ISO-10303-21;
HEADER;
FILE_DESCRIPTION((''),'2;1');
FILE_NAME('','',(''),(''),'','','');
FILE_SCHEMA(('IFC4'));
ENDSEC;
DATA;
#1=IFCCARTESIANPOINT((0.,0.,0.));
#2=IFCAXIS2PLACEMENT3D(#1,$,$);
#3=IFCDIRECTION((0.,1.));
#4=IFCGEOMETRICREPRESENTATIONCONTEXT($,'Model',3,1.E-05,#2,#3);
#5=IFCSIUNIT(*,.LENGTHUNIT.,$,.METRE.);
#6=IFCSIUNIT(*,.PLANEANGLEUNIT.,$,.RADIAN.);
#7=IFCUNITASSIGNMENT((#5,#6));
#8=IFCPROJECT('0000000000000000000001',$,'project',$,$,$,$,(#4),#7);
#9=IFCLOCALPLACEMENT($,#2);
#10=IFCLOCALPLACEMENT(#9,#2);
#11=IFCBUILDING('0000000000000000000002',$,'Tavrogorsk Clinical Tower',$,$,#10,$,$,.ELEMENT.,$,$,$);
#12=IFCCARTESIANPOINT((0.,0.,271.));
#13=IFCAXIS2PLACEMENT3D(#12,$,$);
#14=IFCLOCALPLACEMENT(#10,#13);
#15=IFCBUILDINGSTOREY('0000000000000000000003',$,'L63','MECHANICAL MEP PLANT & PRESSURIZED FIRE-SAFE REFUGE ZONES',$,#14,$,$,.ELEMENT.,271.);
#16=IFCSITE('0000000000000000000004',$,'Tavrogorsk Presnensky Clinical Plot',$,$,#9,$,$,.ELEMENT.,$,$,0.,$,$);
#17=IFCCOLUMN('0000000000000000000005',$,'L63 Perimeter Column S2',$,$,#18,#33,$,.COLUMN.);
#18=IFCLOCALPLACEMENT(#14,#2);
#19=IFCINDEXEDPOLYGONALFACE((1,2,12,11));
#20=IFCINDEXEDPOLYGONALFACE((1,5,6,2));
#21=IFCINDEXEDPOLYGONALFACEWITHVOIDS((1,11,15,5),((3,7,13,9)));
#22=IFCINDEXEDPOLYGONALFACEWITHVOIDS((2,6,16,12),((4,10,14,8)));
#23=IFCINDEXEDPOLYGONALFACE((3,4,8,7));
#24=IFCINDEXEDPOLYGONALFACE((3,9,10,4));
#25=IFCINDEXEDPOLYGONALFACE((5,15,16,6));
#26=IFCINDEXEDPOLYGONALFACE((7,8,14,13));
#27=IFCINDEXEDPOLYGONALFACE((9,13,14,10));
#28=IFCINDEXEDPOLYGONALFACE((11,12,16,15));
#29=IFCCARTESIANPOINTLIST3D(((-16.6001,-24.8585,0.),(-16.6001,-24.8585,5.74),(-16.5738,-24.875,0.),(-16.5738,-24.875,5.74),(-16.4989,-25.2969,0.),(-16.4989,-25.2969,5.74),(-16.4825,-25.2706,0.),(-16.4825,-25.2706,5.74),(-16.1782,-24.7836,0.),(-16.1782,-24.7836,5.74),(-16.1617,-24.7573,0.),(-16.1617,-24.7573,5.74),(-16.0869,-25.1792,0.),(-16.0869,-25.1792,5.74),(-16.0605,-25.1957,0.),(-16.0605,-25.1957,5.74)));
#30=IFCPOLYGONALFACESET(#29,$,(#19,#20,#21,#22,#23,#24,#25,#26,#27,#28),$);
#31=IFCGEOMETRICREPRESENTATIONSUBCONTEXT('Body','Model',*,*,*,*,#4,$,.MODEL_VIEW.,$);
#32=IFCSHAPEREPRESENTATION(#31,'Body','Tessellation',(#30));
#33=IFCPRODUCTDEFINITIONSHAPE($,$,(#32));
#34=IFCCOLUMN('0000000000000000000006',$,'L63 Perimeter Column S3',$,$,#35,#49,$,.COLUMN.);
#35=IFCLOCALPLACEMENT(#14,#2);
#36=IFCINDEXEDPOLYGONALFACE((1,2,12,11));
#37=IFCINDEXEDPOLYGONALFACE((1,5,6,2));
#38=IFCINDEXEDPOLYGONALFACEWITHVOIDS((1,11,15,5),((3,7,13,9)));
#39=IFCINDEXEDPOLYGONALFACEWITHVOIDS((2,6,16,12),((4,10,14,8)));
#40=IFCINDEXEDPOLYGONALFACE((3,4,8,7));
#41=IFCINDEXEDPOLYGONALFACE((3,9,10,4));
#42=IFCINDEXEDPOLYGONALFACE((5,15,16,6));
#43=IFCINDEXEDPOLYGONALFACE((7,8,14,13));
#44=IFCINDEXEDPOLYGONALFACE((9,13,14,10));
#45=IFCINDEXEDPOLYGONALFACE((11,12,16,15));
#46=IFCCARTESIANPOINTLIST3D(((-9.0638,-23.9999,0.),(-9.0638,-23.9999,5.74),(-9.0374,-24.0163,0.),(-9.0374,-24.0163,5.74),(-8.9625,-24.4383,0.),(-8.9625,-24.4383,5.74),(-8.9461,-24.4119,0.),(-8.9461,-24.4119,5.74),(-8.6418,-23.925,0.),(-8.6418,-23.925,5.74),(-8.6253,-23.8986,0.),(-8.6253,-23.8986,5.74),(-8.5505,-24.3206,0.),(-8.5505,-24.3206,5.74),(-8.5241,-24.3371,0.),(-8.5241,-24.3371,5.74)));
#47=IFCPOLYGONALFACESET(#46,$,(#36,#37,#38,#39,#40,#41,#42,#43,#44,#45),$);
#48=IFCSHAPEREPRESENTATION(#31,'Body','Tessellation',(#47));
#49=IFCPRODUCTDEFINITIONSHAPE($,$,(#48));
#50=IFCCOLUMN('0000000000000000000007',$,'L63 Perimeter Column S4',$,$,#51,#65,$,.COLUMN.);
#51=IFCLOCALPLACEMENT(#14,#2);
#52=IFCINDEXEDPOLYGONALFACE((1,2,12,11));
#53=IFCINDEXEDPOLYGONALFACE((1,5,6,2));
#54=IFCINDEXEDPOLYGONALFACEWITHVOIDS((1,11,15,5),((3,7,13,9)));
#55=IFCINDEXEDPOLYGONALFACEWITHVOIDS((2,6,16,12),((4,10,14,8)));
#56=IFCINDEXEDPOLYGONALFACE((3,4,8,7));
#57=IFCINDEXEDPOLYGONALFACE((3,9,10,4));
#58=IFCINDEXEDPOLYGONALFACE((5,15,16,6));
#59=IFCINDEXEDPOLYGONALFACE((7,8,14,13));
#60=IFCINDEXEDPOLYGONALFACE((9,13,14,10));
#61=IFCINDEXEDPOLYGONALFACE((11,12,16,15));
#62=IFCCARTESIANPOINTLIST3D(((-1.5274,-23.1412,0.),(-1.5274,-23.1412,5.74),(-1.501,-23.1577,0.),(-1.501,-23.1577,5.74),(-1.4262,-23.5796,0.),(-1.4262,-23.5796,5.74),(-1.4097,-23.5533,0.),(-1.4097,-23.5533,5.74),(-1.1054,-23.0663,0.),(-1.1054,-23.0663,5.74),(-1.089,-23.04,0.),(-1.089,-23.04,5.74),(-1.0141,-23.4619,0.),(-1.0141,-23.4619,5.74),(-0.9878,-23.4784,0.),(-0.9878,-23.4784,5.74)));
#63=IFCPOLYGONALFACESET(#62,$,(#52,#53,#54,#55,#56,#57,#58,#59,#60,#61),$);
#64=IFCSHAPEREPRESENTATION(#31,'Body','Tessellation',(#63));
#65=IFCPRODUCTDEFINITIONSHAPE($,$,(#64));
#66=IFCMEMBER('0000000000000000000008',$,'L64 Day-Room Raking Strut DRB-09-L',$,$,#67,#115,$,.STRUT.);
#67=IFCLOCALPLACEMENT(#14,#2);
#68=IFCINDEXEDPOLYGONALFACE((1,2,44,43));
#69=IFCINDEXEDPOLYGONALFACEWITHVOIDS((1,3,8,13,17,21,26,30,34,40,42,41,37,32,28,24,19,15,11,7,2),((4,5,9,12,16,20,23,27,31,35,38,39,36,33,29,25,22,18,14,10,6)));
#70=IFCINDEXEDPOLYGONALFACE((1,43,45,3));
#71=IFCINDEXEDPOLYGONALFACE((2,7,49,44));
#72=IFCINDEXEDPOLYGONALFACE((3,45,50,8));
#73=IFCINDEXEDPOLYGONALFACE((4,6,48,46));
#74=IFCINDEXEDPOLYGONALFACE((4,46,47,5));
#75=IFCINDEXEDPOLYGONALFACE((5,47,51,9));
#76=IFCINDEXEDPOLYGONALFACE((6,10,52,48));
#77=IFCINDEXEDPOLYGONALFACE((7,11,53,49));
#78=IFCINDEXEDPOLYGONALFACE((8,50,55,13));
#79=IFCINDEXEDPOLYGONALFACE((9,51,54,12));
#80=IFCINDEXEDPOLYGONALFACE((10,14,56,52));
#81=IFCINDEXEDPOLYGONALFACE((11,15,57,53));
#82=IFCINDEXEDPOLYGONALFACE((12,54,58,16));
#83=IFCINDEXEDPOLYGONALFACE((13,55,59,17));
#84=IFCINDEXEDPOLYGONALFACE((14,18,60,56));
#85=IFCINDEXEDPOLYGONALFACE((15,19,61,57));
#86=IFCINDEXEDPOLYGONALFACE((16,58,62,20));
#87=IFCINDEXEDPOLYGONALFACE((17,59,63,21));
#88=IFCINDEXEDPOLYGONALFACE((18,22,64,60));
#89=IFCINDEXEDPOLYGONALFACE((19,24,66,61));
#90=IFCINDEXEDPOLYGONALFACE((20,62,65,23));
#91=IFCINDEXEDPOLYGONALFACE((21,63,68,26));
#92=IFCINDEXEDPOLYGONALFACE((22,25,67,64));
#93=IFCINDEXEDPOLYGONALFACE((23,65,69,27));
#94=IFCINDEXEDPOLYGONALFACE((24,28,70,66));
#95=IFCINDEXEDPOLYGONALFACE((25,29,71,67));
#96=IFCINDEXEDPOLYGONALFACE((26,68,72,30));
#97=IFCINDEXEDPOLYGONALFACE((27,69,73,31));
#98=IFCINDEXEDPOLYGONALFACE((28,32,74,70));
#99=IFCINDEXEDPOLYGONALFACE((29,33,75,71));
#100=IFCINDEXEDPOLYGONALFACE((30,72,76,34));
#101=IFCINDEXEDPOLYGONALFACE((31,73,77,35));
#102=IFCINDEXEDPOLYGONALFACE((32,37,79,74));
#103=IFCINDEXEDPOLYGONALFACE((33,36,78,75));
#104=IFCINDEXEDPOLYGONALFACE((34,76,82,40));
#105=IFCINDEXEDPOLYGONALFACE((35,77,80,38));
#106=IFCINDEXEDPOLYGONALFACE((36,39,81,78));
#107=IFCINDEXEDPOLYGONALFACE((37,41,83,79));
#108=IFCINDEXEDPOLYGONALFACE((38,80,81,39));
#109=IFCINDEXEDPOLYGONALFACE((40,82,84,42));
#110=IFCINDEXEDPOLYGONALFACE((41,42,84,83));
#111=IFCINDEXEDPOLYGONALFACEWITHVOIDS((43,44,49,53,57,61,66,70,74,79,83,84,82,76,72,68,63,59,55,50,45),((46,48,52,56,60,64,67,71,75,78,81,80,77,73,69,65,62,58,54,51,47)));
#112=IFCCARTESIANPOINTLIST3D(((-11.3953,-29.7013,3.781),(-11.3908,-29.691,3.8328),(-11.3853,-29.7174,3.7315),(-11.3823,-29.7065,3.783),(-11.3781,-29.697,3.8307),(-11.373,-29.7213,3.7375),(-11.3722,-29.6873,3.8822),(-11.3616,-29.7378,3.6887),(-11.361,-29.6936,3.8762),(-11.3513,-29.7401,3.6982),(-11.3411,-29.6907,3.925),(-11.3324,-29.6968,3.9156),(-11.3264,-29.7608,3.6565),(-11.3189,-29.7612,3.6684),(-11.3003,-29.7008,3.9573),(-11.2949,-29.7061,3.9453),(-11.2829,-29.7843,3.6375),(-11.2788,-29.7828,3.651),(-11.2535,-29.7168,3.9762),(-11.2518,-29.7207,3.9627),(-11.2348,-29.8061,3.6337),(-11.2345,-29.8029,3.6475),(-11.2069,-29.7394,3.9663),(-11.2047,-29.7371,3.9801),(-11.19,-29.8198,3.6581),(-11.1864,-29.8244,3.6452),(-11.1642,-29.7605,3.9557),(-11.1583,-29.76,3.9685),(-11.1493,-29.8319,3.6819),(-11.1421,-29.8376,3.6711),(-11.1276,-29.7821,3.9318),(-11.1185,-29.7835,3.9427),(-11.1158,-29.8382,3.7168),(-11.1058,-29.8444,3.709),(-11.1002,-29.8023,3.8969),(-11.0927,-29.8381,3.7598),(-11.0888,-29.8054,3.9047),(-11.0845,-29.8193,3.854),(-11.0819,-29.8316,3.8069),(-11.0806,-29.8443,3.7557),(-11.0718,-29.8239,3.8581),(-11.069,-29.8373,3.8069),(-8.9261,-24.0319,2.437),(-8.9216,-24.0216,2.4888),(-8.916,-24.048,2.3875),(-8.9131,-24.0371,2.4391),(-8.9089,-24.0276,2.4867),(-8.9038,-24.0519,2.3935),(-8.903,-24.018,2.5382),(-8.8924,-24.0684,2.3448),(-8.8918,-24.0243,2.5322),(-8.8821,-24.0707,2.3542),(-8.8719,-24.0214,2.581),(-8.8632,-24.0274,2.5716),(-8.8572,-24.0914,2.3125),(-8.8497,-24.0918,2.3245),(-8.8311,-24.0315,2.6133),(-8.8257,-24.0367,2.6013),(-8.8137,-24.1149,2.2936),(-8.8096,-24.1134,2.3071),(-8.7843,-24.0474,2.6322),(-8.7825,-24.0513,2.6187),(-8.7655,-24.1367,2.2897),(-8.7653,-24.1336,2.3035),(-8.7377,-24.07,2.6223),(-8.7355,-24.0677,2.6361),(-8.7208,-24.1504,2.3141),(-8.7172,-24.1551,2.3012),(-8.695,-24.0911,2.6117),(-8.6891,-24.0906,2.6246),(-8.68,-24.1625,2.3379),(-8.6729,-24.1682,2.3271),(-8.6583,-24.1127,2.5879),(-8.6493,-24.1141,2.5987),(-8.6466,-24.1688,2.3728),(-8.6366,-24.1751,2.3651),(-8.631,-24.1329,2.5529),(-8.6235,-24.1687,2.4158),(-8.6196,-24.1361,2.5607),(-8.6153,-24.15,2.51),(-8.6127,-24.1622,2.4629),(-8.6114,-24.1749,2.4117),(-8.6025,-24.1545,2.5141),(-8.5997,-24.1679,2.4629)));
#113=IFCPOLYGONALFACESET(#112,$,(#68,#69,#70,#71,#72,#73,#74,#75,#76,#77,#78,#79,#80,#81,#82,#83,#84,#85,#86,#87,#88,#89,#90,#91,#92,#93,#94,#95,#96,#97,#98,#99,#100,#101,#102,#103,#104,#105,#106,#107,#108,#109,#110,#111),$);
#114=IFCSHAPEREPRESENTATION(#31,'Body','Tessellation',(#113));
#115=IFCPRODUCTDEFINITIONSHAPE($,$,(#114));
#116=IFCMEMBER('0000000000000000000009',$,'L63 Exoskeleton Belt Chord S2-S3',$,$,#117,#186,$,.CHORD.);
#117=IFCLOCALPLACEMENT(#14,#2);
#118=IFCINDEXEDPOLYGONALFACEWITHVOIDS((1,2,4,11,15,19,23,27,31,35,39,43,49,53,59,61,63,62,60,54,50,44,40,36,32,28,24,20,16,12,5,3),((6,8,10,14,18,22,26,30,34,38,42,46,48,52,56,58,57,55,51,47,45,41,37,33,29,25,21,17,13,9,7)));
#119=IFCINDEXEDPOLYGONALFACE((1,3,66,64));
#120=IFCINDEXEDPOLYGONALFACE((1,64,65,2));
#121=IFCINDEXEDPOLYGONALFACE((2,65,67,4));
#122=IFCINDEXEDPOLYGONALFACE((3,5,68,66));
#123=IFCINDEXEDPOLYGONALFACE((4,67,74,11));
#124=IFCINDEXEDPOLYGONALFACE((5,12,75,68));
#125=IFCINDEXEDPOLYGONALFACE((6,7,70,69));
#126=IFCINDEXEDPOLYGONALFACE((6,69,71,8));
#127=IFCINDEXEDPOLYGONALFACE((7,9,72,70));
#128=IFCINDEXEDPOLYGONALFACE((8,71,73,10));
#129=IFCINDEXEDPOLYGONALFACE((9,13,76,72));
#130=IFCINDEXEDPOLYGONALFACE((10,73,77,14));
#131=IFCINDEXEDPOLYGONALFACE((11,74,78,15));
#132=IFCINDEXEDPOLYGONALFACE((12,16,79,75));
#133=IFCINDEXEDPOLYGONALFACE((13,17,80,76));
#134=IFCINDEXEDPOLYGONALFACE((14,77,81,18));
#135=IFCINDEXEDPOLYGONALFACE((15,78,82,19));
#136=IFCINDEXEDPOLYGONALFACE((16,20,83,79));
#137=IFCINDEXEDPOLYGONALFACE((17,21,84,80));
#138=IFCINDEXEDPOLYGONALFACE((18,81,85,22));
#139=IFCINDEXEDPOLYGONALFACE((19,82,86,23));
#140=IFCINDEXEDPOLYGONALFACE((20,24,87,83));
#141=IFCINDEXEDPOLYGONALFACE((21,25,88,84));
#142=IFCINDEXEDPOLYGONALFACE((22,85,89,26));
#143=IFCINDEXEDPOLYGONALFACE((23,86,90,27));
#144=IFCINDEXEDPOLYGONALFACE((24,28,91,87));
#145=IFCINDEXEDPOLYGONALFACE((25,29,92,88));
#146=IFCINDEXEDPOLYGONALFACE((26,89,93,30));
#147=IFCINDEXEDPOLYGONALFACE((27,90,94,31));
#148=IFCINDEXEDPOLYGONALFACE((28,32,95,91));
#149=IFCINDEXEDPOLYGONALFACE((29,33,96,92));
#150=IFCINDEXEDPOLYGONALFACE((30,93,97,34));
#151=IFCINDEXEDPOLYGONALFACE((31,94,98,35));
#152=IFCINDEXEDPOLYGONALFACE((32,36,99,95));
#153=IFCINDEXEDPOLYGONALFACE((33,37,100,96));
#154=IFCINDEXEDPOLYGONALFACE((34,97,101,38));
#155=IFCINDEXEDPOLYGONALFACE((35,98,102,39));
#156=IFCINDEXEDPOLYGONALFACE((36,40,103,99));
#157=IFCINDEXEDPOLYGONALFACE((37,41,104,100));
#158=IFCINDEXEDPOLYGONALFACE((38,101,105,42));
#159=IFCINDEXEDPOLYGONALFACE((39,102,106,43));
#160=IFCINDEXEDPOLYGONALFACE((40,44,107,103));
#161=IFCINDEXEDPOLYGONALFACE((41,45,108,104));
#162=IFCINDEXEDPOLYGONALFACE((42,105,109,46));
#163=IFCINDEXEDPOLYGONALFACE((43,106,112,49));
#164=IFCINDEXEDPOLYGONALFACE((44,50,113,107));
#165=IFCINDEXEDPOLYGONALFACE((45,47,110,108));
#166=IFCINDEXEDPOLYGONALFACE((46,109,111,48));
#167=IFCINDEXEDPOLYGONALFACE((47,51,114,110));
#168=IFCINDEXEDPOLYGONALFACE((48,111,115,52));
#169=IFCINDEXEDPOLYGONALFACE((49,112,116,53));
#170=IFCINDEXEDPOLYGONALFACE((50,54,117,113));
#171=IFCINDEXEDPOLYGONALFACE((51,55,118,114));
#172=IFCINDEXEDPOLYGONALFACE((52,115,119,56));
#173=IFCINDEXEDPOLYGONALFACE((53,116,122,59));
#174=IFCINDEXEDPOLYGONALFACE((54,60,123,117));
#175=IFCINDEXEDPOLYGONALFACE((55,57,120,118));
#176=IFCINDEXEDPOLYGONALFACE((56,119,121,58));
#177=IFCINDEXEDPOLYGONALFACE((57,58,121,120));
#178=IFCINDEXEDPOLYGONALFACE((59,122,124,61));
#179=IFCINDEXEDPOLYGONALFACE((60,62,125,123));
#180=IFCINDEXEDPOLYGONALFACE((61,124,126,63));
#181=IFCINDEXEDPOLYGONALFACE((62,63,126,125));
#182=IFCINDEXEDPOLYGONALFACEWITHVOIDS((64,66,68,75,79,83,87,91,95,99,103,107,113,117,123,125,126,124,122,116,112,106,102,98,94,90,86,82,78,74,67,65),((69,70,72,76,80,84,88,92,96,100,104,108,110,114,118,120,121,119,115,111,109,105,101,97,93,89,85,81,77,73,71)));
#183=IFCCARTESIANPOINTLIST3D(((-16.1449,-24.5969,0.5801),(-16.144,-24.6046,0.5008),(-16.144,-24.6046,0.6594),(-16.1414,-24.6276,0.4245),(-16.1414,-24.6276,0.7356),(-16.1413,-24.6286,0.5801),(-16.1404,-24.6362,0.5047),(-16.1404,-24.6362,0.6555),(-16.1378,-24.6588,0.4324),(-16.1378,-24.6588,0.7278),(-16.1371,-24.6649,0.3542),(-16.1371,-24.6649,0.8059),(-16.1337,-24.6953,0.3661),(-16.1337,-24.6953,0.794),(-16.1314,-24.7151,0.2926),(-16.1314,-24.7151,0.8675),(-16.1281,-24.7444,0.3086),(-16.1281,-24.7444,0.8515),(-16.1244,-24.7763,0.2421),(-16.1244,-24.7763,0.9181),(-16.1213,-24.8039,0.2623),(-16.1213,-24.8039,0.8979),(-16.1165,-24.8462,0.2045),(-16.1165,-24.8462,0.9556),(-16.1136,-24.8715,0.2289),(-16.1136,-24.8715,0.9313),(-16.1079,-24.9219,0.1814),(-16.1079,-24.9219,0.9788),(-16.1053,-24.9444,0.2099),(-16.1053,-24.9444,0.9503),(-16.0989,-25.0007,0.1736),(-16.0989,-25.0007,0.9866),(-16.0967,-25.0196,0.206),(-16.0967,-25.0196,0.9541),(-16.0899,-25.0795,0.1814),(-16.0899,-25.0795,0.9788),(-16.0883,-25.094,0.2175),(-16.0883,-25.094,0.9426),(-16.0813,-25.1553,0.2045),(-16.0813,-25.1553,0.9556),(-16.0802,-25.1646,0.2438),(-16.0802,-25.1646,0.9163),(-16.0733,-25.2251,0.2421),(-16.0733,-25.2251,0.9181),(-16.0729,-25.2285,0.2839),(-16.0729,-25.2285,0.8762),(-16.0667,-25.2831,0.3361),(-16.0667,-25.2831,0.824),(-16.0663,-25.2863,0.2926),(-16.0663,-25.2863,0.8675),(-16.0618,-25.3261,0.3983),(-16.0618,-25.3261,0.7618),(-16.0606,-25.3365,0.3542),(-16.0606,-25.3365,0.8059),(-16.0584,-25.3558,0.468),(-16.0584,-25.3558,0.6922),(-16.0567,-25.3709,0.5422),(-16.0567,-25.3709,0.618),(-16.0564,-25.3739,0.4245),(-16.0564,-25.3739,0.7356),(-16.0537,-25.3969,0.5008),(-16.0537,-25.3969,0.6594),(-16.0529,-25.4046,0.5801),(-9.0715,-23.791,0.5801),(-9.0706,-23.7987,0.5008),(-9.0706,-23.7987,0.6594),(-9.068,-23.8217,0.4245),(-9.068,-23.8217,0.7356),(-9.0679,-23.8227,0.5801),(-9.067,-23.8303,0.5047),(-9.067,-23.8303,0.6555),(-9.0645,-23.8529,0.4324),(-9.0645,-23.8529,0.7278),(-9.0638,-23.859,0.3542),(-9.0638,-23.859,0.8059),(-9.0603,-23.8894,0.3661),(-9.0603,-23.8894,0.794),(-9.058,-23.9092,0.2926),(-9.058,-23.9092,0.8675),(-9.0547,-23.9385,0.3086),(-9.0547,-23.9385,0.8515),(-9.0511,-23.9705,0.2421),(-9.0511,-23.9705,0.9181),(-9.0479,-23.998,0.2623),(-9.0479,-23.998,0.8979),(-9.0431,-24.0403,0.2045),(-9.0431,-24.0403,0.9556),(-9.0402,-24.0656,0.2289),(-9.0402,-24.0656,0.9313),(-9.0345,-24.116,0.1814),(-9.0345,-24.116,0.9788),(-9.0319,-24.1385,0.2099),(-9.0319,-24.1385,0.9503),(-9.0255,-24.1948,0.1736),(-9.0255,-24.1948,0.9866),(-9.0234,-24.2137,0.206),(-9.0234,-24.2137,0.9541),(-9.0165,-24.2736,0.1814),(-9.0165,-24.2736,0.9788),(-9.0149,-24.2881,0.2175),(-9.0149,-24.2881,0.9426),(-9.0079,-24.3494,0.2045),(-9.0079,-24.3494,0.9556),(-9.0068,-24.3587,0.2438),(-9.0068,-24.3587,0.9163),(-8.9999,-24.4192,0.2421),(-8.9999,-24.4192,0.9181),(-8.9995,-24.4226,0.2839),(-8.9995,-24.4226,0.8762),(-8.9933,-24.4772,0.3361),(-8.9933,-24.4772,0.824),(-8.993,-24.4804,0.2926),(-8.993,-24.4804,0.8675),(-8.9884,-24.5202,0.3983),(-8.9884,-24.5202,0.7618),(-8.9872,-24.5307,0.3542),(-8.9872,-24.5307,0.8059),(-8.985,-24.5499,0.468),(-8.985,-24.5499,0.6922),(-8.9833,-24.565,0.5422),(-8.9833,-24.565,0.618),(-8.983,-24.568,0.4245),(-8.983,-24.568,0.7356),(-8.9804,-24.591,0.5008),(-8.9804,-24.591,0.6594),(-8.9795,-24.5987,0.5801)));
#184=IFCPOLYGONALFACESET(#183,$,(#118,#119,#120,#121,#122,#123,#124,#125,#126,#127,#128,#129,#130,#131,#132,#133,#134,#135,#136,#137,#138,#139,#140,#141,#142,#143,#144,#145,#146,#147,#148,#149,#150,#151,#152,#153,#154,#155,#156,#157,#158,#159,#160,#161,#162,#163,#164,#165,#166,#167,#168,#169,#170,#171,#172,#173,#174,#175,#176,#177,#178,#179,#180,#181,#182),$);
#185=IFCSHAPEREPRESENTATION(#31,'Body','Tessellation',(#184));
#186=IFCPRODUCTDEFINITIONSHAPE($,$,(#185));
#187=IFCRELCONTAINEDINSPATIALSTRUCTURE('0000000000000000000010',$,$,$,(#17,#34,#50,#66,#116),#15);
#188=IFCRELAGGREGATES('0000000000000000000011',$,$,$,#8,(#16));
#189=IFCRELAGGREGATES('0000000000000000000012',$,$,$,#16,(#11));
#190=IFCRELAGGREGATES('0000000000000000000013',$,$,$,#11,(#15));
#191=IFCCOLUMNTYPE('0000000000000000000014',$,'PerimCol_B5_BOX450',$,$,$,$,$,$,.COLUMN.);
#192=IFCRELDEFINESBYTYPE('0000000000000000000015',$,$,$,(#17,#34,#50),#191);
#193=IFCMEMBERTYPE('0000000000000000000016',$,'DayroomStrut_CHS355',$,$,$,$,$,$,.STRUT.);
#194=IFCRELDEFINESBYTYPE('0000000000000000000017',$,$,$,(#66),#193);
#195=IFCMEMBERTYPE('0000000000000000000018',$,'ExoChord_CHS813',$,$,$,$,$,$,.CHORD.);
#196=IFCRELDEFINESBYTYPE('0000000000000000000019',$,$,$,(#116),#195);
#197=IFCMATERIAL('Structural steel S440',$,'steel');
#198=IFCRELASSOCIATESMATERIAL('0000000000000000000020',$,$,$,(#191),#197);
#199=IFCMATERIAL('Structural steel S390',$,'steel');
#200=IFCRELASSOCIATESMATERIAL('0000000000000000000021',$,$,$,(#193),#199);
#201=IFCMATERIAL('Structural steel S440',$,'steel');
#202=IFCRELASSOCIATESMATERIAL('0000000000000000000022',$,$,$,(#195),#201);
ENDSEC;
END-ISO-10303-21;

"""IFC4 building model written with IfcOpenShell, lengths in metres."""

from ifc_helpers import new_model, si_unit, direction, frame, origin, origin_2d, place, context, subcontext, project, spatial, hollow_rectangle, hollow_circle, extrude, material, material_profile, profile_set, type_object, element, save


model = new_model("IFC4")

# Units and contexts
model_context = context("Model", 3, precision=1e-05, world=origin(), true_north=direction((0.0, 1.0)))
body_context = subcontext(model_context, "Body", "Model", "MODEL_VIEW")
ifc_project = project(units=[si_unit("LENGTHUNIT", "METRE"), si_unit("PLANEANGLEUNIT", "RADIAN")], contexts=[model_context])

# Site, building, storey
site_placement = place(None, origin())
site = spatial("IfcSite", under=ifc_project, at=site_placement, Name="Tavrogorsk Presnensky Clinical Plot", CompositionType="ELEMENT", RefElevation=0.0)
building_placement = place(site_placement, origin())
building = spatial("IfcBuilding", under=site, at=building_placement, Name="Tavrogorsk Clinical Tower", CompositionType="ELEMENT")
storey_placement = place(building_placement, frame((0.0, 0.0, 271.0)))
storey = spatial("IfcBuildingStorey", under=building, at=storey_placement, Name="L63", Description="MECHANICAL MEP PLANT & PRESSURIZED FIRE-SAFE REFUGE ZONES", CompositionType="ELEMENT", Elevation=271.0)

# Columns
ifc_material_1 = material(Name="Structural steel S440", Category="steel")
ifc_material_profile_1 = material_profile(ifc_material_1, hollow_rectangle(XDim=0.45, YDim=0.45, WallThickness=0.022, at=origin_2d()), Name="BOX-450x450x22")
ifc_profile_set_1 = profile_set([ifc_material_profile_1], Name="Structural steel S440")
column_type = type_object("IfcColumnType", Name="PerimCol_B5_BOX450", PredefinedType="COLUMN", material=ifc_profile_set_1)
for number, where, z_axis, x_axis, name in (
    (1, (-16.3303, -25.0271, 0.0), (0.0, 0.0, 1.0), (0.97437, 0.224951, 0.0), "L63 Perimeter Column S2"),
    (2, (-8.7939, -24.1685, 0.0), (0.0, 0.0, 1.0), (0.97437, 0.224951, 0.0), "L63 Perimeter Column S3"),
    (3, (-1.2576, -23.3098, 0.0), (0.0, 0.0, 1.0), (0.97437, 0.224951, 0.0), "L63 Perimeter Column S4"),
):
    element("IfcColumn", number, at=place(storey_placement, frame(where, z_axis=z_axis, x_axis=x_axis)), inside=storey, type_object=column_type, Name=name, PredefinedType="COLUMN", context=body_context, shape_type="SweptSolid", body=[
        extrude(hollow_rectangle(XDim=0.45, YDim=0.45, WallThickness=0.022, at=origin_2d()), origin(), (0.0, 0.0, 1.0), 5.74),
    ])

# Members
ifc_material_2 = material(Name="Structural steel S390", Category="steel")
ifc_material_profile_2 = material_profile(ifc_material_2, hollow_circle(Radius=0.1777, WallThickness=0.0142, at=origin_2d()), Name="CHS-355.6x14.2")
ifc_profile_set_2 = profile_set([ifc_material_profile_2], Name="Structural steel S390")
member_type_1 = type_object("IfcMemberType", Name="DayroomStrut_CHS355", PredefinedType="STRUT", material=ifc_profile_set_2)
member_placement = place(storey_placement, frame((-8.7627, -24.0969, 2.4629), z_axis=(-0.390197, -0.895902, 0.212382), x_axis=(0.916818, -0.399306, 0.0)))
element("IfcMember", 4, at=member_placement, inside=storey, type_object=member_type_1, Name="L64 Day-Room Raking Strut DRB-09-L", PredefinedType="STRUT", context=body_context, shape_type="SweptSolid", body=[
    extrude(hollow_circle(Radius=0.1777, WallThickness=0.0142, at=origin_2d()), origin(), (0.0, 0.0, 1.0), 6.3281),
])
ifc_material_3 = material(Name="Structural steel S440", Category="steel")
ifc_material_profile_3 = material_profile(ifc_material_3, hollow_circle(Radius=0.4065, WallThickness=0.032, at=origin_2d()), Name="CHS-813x32")
ifc_profile_set_3 = profile_set([ifc_material_profile_3], Name="Structural steel S440")
member_type_2 = type_object("IfcMemberType", Name="ExoChord_CHS813", PredefinedType="CHORD", material=ifc_profile_set_3)
for number, where, z_axis, x_axis, name in (
    (5, (-16.0989, -25.0007, 0.5801), (0.993572, 0.113201, 0.0), (-0.113201, 0.993572, 0.0), "L63 Exoskeleton Belt Chord S2-S3"),
):
    element("IfcMember", number, at=place(storey_placement, frame(where, z_axis=z_axis, x_axis=x_axis)), inside=storey, type_object=member_type_2, Name=name, PredefinedType="CHORD", context=body_context, shape_type="SweptSolid", body=[
        extrude(hollow_circle(Radius=0.4065, WallThickness=0.032, at=origin_2d()), origin(), (0.0, 0.0, 1.0), 7.1191),
    ])

save(model, "model.ifc")
